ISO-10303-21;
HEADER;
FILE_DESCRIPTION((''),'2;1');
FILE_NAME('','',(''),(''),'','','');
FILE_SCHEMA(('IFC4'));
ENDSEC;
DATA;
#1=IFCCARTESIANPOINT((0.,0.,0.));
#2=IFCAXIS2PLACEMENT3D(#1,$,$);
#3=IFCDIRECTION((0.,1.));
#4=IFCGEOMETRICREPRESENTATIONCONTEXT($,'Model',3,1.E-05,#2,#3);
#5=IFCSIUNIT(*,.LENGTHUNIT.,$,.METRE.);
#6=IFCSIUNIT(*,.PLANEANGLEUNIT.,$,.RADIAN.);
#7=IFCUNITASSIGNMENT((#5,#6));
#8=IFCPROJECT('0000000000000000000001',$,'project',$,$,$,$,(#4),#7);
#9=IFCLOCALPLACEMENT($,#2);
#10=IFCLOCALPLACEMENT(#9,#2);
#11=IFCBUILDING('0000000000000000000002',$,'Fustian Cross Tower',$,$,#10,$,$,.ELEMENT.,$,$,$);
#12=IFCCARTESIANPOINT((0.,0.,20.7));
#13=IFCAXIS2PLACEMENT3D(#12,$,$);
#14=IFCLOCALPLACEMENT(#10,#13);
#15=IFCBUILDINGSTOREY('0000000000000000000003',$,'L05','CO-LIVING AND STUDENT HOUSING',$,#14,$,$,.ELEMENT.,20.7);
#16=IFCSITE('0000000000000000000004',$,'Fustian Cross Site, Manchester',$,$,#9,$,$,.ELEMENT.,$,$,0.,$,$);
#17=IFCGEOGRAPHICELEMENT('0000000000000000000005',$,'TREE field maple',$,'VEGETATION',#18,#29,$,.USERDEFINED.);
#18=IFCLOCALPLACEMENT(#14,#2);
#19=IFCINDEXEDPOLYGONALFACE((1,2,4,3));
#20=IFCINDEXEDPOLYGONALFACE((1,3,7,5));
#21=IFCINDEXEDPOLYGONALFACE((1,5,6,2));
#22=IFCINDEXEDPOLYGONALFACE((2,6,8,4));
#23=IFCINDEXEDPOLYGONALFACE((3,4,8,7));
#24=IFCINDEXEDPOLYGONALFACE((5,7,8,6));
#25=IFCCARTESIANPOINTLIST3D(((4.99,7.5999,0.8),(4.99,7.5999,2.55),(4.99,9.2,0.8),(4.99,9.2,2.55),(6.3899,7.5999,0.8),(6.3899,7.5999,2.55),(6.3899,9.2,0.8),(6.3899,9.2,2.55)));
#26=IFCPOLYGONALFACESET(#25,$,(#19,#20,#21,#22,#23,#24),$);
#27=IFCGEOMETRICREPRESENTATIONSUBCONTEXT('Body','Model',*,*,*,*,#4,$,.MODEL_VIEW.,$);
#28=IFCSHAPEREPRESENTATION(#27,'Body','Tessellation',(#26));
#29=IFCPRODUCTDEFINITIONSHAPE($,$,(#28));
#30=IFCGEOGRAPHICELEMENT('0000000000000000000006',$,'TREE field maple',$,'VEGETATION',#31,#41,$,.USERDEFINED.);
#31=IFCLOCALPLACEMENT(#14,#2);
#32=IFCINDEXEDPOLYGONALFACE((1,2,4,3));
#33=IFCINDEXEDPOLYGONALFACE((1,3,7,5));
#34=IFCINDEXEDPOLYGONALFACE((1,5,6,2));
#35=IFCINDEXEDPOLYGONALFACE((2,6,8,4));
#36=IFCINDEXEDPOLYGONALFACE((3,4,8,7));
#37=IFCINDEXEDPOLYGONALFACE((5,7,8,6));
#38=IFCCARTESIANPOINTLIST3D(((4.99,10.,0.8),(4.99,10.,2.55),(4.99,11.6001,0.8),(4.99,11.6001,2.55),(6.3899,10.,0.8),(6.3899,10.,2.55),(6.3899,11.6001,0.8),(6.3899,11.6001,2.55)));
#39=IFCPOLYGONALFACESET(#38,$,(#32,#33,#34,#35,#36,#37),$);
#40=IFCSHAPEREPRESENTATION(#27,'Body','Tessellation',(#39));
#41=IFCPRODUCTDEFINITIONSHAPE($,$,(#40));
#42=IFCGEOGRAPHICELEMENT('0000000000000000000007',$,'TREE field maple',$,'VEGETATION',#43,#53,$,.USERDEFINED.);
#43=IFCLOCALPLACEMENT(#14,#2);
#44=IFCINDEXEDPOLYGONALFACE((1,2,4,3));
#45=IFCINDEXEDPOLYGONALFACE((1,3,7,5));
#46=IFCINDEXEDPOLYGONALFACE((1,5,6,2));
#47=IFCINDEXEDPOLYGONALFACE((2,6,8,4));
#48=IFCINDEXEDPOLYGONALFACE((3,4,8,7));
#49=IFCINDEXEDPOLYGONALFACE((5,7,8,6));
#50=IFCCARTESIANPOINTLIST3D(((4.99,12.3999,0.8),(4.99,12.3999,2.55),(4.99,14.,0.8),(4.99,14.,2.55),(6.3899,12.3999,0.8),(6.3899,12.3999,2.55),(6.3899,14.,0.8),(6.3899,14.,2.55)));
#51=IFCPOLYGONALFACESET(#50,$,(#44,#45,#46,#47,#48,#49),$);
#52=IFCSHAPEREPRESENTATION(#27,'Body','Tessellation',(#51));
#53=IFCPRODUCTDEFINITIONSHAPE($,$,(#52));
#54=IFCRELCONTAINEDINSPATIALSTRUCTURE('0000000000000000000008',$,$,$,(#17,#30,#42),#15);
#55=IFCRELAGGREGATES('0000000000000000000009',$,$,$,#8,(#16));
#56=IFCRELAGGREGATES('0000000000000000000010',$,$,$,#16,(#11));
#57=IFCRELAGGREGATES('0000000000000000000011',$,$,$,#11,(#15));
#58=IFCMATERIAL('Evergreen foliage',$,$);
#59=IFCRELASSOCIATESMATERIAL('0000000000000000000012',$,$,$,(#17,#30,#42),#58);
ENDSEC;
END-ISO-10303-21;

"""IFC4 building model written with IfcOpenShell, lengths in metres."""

from ifc_helpers import new_model, si_unit, direction, frame, origin, origin_2d, place, context, subcontext, project, spatial, rectangle, extrude, material, element, save


model = new_model("IFC4")

# Units and contexts
model_context = context("Model", 3, precision=1e-05, world=origin(), true_north=direction((0.0, 1.0)))
body_context = subcontext(model_context, "Body", "Model", "MODEL_VIEW")
ifc_project = project(units=[si_unit("LENGTHUNIT", "METRE"), si_unit("PLANEANGLEUNIT", "RADIAN")], contexts=[model_context])

# Site, building, storey
site_placement = place(None, origin())
site = spatial("IfcSite", under=ifc_project, at=site_placement, Name="Fustian Cross Site, Manchester", CompositionType="ELEMENT", RefElevation=0.0)
building_placement = place(site_placement, origin())
building = spatial("IfcBuilding", under=site, at=building_placement, Name="Fustian Cross Tower", CompositionType="ELEMENT")
storey_placement = place(building_placement, frame((0.0, 0.0, 20.7)))
storey = spatial("IfcBuildingStorey", under=building, at=storey_placement, Name="L05", Description="CO-LIVING AND STUDENT HOUSING", CompositionType="ELEMENT", Elevation=20.7)

# Geographic elements
ifc_material_1 = material(Name="Evergreen foliage")
for number, where, z_axis, x_axis, name in (
    (1, (5.6899, 8.3999, 0.8), (0.0, 0.0, 1.0), (1.0, 0.0, 0.0), "TREE field maple"),
    (2, (5.6899, 10.8, 0.8), (0.0, 0.0, 1.0), (1.0, 0.0, 0.0), "TREE field maple"),
    (3, (5.6899, 13.2, 0.8), (0.0, 0.0, 1.0), (1.0, 0.0, 0.0), "TREE field maple"),
):
    element("IfcGeographicElement", number, at=place(storey_placement, frame(where, z_axis=z_axis, x_axis=x_axis)), inside=storey, material=ifc_material_1, Name=name, ObjectType="VEGETATION", PredefinedType="USERDEFINED", context=body_context, shape_type="SweptSolid", body=[
        extrude(rectangle(XDim=1.3999, YDim=1.6001, at=origin_2d()), origin(), (0.0, 0.0, 1.0), 1.75),
    ])

save(model, "model.ifc")
